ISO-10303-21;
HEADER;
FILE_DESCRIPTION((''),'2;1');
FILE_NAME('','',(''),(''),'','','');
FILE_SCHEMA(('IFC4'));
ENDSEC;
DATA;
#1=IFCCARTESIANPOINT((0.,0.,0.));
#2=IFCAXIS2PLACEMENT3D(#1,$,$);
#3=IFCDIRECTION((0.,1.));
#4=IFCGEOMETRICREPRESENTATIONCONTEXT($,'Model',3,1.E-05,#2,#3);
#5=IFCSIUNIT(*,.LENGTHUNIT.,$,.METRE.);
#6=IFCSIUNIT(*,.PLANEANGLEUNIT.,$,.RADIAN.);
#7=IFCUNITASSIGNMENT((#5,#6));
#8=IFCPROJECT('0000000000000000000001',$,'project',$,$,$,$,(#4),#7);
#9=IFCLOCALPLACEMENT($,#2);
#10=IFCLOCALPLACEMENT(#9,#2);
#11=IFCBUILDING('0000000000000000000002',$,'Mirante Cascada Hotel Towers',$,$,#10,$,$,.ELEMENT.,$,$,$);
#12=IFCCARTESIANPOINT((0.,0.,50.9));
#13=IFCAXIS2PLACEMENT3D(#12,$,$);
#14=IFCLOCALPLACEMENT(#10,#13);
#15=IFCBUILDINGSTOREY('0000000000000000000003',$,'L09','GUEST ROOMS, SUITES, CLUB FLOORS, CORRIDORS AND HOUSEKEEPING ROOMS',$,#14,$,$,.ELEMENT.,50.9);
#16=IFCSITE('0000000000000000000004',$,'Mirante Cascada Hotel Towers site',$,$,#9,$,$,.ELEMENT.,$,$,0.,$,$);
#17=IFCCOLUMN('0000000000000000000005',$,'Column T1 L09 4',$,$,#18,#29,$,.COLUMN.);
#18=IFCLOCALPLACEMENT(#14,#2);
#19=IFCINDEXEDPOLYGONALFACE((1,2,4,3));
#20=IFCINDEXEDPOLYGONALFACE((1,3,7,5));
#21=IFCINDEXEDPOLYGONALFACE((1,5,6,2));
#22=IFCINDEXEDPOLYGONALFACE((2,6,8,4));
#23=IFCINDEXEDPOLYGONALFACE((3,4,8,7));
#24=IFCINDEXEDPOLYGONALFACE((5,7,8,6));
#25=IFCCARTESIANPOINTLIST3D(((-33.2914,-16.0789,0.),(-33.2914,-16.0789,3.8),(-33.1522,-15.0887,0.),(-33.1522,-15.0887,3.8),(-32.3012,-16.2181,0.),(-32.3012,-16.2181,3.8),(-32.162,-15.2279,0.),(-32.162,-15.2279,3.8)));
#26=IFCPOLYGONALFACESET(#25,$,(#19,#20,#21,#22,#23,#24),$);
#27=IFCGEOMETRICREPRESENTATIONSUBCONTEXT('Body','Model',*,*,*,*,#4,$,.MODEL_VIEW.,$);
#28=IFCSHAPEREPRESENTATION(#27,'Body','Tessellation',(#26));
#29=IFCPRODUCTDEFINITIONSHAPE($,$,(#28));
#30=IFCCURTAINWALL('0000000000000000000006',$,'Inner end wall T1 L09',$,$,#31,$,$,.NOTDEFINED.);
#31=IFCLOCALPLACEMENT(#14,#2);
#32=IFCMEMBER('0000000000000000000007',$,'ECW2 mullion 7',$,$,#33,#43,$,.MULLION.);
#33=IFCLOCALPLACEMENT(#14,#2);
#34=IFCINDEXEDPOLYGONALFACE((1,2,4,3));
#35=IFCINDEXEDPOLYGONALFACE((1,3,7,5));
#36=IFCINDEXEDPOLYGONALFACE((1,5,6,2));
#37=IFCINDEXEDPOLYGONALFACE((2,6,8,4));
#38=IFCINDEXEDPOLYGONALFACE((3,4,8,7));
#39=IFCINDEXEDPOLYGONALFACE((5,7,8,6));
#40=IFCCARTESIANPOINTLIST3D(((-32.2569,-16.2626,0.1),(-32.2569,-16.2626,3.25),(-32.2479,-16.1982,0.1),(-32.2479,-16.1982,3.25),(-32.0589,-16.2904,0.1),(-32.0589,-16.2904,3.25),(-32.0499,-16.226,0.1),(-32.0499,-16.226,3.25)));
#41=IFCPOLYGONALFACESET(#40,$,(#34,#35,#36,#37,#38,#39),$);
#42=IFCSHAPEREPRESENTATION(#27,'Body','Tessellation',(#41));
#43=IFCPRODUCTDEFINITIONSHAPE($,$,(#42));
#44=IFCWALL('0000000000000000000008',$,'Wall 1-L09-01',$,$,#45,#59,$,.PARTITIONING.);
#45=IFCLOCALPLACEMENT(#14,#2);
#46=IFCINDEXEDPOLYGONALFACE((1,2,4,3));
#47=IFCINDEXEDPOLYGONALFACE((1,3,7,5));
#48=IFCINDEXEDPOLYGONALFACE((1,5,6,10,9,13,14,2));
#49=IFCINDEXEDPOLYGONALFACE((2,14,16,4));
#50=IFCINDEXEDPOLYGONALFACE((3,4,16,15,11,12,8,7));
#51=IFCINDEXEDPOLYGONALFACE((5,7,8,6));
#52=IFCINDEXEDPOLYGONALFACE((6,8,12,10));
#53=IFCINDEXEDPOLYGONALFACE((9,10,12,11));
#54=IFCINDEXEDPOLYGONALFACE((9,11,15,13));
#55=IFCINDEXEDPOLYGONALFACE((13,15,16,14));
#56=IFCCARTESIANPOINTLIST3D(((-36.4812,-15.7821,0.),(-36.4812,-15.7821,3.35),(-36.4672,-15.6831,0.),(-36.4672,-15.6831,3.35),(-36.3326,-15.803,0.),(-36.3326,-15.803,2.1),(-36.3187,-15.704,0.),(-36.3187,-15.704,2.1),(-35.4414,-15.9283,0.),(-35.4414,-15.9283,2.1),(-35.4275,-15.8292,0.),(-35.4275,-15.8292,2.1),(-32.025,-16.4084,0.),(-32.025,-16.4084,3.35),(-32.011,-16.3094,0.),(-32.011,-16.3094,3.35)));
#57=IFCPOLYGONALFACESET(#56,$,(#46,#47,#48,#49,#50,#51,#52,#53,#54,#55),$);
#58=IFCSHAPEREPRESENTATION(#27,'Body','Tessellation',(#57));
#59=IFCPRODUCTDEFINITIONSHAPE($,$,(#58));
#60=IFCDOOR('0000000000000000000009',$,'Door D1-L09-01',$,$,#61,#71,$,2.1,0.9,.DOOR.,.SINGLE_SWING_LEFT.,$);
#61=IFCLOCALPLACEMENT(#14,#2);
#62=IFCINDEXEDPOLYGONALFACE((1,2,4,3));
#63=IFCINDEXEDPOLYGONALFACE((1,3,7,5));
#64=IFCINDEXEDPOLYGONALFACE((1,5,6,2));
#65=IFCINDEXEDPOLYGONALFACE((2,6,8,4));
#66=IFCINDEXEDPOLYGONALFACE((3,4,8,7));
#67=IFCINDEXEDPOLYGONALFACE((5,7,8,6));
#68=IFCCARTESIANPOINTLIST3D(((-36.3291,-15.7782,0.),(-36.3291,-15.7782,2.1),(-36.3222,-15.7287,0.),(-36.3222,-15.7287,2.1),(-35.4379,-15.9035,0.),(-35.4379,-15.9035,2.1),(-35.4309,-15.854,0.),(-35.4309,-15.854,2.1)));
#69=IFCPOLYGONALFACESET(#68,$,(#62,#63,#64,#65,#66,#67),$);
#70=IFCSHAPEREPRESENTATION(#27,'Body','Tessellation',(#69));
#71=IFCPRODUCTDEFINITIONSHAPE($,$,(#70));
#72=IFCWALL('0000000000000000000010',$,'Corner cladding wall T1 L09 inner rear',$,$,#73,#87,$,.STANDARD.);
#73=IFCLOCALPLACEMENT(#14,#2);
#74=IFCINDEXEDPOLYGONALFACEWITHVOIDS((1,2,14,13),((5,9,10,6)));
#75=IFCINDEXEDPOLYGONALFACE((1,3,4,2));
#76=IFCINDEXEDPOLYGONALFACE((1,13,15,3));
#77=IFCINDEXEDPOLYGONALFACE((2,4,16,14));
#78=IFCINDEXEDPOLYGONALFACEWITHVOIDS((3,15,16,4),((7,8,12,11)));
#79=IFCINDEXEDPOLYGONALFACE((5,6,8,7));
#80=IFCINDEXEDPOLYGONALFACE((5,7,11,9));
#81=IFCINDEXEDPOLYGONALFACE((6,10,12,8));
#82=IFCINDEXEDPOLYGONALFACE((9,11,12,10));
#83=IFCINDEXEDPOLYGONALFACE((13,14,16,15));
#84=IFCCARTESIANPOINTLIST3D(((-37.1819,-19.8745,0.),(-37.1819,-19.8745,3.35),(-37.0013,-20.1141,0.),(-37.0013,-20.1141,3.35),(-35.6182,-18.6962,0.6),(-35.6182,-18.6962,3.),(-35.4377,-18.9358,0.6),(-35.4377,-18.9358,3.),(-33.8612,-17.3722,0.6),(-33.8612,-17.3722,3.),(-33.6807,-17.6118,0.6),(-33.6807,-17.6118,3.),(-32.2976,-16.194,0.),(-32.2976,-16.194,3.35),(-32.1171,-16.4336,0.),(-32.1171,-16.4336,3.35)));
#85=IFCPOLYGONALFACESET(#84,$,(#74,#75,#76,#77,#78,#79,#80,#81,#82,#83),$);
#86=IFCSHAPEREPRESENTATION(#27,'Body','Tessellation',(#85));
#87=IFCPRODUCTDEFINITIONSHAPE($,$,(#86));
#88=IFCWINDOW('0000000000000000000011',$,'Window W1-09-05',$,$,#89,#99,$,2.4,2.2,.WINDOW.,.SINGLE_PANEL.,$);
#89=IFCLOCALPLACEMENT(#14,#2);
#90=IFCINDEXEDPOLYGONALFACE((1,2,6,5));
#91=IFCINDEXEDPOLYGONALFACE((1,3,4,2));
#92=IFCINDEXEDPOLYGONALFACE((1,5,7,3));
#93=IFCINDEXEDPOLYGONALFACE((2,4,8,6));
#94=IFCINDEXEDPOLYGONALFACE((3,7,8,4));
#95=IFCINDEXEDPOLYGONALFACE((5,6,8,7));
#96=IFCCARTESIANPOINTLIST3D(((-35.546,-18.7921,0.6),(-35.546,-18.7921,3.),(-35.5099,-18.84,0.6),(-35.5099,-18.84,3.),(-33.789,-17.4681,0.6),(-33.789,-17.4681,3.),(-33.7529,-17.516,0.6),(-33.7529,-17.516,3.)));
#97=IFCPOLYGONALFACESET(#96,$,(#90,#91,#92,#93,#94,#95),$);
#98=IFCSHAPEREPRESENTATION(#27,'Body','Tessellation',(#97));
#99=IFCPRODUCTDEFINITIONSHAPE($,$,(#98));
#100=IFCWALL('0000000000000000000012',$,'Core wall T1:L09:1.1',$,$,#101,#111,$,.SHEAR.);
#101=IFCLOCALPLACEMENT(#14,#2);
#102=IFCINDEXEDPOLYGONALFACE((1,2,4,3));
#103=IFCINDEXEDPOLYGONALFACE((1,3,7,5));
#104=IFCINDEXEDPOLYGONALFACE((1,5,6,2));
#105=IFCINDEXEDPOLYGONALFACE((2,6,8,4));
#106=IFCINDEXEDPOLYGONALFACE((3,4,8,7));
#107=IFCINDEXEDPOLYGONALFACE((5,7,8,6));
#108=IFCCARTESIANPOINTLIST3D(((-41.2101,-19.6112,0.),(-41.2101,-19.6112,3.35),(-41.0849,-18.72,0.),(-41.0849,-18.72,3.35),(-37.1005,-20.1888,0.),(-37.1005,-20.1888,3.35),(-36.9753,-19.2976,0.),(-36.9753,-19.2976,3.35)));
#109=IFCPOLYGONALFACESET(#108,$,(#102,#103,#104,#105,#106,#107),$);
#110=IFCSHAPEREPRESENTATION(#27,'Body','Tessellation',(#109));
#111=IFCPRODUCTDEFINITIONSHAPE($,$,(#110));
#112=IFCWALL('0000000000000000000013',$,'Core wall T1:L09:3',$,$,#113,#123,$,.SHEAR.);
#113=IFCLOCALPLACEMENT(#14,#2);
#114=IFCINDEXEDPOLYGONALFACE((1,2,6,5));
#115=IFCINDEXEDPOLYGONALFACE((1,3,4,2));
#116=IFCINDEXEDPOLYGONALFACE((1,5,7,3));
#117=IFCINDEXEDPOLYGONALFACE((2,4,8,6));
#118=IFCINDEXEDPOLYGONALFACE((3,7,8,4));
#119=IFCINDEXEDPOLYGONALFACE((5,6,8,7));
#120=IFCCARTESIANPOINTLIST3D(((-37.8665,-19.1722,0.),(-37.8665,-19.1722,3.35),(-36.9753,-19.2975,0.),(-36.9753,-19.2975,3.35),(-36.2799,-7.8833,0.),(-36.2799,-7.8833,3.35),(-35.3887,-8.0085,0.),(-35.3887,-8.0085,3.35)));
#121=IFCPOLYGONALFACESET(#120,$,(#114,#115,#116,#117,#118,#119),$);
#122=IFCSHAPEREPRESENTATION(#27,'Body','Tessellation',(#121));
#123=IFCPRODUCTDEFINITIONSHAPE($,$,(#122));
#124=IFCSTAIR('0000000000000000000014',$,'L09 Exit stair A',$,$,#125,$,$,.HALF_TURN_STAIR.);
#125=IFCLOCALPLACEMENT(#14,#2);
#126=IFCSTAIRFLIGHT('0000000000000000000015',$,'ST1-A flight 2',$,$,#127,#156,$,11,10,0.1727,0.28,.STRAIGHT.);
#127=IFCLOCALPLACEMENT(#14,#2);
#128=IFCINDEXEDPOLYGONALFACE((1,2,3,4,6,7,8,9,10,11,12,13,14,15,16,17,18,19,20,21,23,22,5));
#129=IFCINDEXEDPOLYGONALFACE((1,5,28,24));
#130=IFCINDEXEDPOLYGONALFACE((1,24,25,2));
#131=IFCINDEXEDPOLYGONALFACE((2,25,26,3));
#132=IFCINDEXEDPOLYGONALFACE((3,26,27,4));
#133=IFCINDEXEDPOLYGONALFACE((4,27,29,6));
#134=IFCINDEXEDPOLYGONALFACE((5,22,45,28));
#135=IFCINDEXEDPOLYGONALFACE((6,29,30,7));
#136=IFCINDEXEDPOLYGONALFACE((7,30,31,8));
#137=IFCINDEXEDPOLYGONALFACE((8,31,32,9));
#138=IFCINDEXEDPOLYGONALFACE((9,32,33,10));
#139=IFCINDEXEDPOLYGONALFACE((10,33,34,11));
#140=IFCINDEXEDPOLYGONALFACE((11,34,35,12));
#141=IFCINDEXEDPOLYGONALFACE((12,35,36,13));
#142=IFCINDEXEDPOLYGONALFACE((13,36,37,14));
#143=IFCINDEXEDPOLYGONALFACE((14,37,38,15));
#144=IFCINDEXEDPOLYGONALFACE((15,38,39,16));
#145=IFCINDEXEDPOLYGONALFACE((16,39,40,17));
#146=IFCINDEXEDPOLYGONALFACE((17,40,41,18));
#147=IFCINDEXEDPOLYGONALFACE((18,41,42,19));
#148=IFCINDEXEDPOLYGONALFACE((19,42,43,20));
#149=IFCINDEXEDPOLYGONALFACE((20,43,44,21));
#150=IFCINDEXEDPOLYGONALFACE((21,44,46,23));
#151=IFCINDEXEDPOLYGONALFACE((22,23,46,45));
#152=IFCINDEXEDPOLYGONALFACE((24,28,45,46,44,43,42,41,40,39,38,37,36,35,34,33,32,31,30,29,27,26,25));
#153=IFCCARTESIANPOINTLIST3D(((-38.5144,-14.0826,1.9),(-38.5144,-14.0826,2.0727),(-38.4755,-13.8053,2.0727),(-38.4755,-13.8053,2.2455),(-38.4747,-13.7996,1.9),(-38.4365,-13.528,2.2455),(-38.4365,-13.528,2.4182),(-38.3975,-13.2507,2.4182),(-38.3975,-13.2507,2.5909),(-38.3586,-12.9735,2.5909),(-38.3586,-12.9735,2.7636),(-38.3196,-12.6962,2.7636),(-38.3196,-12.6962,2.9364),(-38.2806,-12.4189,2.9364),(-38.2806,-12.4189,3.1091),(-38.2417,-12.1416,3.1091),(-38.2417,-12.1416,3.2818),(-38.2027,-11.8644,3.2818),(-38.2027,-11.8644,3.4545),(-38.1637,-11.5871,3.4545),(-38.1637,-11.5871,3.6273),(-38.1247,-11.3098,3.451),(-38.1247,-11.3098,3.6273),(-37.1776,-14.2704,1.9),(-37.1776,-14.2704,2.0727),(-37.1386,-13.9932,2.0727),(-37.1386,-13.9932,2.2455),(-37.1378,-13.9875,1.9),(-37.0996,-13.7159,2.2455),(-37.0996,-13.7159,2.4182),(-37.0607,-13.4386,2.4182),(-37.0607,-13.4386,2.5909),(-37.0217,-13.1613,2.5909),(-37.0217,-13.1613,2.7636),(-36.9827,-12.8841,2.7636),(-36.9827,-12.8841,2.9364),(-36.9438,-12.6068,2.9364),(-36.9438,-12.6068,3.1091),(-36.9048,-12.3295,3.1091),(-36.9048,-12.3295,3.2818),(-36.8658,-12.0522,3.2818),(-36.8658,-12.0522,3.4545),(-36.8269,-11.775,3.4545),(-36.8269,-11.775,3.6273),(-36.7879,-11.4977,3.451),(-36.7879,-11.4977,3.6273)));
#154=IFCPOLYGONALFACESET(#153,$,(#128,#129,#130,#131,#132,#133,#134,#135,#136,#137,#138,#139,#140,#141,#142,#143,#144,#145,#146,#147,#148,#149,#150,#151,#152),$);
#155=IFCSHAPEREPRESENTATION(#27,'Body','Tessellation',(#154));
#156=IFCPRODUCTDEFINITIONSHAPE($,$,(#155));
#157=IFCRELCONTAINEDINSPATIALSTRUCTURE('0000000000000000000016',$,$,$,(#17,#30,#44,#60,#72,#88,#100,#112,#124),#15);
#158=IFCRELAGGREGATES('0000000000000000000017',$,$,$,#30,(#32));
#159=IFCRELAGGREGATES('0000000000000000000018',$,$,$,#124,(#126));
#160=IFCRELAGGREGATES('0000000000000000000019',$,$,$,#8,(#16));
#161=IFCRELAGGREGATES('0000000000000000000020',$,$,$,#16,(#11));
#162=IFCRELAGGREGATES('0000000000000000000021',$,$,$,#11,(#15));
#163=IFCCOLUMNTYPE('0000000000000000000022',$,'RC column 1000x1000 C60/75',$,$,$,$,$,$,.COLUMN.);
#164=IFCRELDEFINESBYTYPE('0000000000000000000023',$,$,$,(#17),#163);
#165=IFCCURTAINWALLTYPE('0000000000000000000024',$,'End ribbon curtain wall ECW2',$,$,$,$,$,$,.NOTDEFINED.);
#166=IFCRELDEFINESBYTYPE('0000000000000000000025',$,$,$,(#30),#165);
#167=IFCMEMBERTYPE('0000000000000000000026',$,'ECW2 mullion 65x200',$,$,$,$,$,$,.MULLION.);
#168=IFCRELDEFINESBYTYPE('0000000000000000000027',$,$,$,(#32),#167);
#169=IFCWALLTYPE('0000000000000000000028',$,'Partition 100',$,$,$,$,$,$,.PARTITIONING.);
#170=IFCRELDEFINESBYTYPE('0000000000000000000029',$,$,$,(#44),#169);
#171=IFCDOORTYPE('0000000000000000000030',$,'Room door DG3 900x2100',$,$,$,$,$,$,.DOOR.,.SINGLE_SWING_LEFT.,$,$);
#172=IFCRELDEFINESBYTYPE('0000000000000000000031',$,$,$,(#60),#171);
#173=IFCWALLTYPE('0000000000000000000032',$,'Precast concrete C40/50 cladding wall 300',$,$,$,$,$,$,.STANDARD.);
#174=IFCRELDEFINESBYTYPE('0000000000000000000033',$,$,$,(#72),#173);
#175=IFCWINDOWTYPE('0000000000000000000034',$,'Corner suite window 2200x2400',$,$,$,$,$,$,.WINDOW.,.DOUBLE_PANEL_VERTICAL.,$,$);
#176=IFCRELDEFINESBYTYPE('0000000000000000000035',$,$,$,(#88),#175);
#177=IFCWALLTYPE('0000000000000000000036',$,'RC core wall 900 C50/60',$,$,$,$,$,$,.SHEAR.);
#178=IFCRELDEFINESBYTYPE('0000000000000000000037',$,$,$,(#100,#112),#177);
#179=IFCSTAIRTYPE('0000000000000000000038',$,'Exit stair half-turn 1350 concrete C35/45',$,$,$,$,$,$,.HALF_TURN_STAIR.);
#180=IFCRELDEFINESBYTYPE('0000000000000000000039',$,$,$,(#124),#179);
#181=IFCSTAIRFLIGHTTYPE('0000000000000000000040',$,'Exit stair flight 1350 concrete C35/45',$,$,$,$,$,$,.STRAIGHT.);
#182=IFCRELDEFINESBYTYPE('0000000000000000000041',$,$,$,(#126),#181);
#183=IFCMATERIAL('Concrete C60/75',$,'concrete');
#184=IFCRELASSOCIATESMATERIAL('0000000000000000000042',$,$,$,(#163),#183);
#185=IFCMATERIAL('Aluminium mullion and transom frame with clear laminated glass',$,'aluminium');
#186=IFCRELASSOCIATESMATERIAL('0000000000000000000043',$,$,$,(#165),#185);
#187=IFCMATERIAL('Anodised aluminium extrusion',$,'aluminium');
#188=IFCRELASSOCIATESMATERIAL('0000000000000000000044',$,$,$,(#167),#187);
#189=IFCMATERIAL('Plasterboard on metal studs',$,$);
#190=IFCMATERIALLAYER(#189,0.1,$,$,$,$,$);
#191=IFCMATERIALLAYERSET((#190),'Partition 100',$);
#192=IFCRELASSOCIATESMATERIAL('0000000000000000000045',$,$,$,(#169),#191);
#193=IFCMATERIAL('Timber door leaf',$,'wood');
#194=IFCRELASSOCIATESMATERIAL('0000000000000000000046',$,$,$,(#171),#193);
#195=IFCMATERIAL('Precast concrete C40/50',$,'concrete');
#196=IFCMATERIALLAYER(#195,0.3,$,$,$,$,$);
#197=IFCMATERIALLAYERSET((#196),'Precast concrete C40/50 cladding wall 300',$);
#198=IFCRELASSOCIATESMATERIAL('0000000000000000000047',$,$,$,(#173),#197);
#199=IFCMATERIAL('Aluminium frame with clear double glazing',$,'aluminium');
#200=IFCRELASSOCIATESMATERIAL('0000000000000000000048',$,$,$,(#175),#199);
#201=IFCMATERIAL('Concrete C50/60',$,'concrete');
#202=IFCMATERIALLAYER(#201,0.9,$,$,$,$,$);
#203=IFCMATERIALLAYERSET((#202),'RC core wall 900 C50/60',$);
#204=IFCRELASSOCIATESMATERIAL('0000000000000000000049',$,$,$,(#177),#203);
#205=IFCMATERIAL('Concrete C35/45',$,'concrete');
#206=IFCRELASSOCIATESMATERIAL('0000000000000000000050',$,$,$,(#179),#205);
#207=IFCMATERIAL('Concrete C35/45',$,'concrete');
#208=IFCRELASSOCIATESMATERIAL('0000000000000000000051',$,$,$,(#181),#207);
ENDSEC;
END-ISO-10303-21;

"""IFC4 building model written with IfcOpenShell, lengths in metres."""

from ifc_helpers import new_model, si_unit, direction, frame, frame_2d, origin, origin_2d, place, context, subcontext, project, spatial, polyline, rectangle, outline, extrude, material, layer, layer_set, material_profile, profile_set, type_object, element, fill, aggregate, save


model = new_model("IFC4")

# Units and contexts
model_context = context("Model", 3, precision=1e-05, world=origin(), true_north=direction((0.0, 1.0)))
body_context = subcontext(model_context, "Body", "Model", "MODEL_VIEW")
ifc_project = project(units=[si_unit("LENGTHUNIT", "METRE"), si_unit("PLANEANGLEUNIT", "RADIAN")], contexts=[model_context])

# Site, building, storey
site_placement = place(None, origin())
site = spatial("IfcSite", under=ifc_project, at=site_placement, Name="Mirante Cascada Hotel Towers site", CompositionType="ELEMENT", RefElevation=0.0)
building_placement = place(site_placement, origin())
building = spatial("IfcBuilding", under=site, at=building_placement, Name="Mirante Cascada Hotel Towers", CompositionType="ELEMENT")
storey_placement = place(building_placement, frame((0.0, 0.0, 50.9)))
storey = spatial("IfcBuildingStorey", under=building, at=storey_placement, Name="L09", Description="GUEST ROOMS, SUITES, CLUB FLOORS, CORRIDORS AND HOUSEKEEPING ROOMS", CompositionType="ELEMENT", Elevation=50.9)

# Column
ifc_material_1 = material(Name="Concrete C60/75", Category="concrete")
ifc_material_profile_1 = material_profile(ifc_material_1, rectangle(XDim=1.0, YDim=1.0, at=origin_2d()), Name="RC column 1000x1000 C60/75")
ifc_profile_set_1 = profile_set([ifc_material_profile_1], Name="Concrete C60/75")
column_type = type_object("IfcColumnType", Name="RC column 1000x1000 C60/75", PredefinedType="COLUMN", material=ifc_profile_set_1)
column_placement = place(storey_placement, frame((-32.7267, -15.6534, 0.0), z_axis=(0.0, 0.0, 1.0), x_axis=(-0.990268, 0.139173, 0.0)))
element("IfcColumn", 1, at=column_placement, inside=storey, type_object=column_type, Name="Column T1 L09 4", PredefinedType="COLUMN", context=body_context, shape_type="SweptSolid", body=[
    extrude(rectangle(XDim=1.0, YDim=1.0, at=origin_2d()), origin(), (0.0, 0.0, 1.0), 3.8),
])

# Curtain wall, member
ifc_material_2 = material(Name="Aluminium mullion and transom frame with clear laminated glass", Category="aluminium")
curtain_wall_type = type_object("IfcCurtainWallType", Name="End ribbon curtain wall ECW2", PredefinedType="NOTDEFINED", material=ifc_material_2)
curtain_wall_placement = place(storey_placement, origin())
curtain_wall = element("IfcCurtainWall", 2, at=curtain_wall_placement, inside=storey, type_object=curtain_wall_type, Name="Inner end wall T1 L09", PredefinedType="NOTDEFINED")
ifc_material_3 = material(Name="Anodised aluminium extrusion", Category="aluminium")
ifc_material_profile_2 = material_profile(ifc_material_3, rectangle(XDim=0.2, YDim=0.065, at=origin_2d()), Name="ECW2 MULLION 65x200")
ifc_profile_set_2 = profile_set([ifc_material_profile_2], Name="Anodised aluminium extrusion")
member_type = type_object("IfcMemberType", Name="ECW2 mullion 65x200", PredefinedType="MULLION", material=ifc_profile_set_2)
member_placement = place(storey_placement, frame((-32.1534, -16.2443, 0.1), z_axis=(0.0, 0.0, 1.0), x_axis=(0.990268, -0.139173, 0.0)))
member = element("IfcMember", 3, at=member_placement, type_object=member_type, Name="ECW2 mullion 7", PredefinedType="MULLION", context=body_context, shape_type="SweptSolid", body=[
    extrude(rectangle(XDim=0.2, YDim=0.065, at=origin_2d()), origin(), (0.0, 0.0, 1.0), 3.15),
])
aggregate(curtain_wall, [member])

# Wall, opening, door
ifc_material_4 = material(Name="Plasterboard on metal studs")
ifc_layer_1 = layer(ifc_material_4, 0.1)
ifc_layer_set_1 = layer_set([ifc_layer_1], Name="Partition 100")
wall_type_1 = type_object("IfcWallType", Name="Partition 100", PredefinedType="PARTITIONING", material=ifc_layer_set_1)
wall_1_placement = place(storey_placement, frame((-36.4742, -15.7326, 0.0), z_axis=(0.0, 0.0, 1.0), x_axis=(0.990267, -0.139178, 0.0)))
wall_1 = element("IfcWall", 4, at=wall_1_placement, inside=storey, type_object=wall_type_1, Name="Wall 1-L09-01", PredefinedType="PARTITIONING", context=body_context, shape_type="SweptSolid", body=[
    extrude(rectangle(XDim=4.5, YDim=0.1, at=frame_2d((2.25, 0.0))), origin(), (0.0, 0.0, 1.0), 3.35),
])
opening_1_placement = place(wall_1_placement, frame((0.15, 0.0, 0.0)))
opening_1 = element("IfcOpeningElement", 5, at=opening_1_placement, cuts=wall_1, PredefinedType="OPENING", context=body_context, shape_type="SweptSolid", body=[
    extrude(rectangle(XDim=0.9, YDim=2.1, at=frame_2d((0.45, 1.05))), frame((0.0, 0.05, 0.0), z_axis=(0.0, -1.0, 0.0), x_axis=(1.0, 0.0, 0.0)), (0.0, 0.0, 1.0), 0.1),
])
ifc_material_5 = material(Name="Timber door leaf", Category="wood")
door_type = type_object("IfcDoorType", Name="Room door DG3 900x2100", OperationType="SINGLE_SWING_LEFT", PredefinedType="DOOR", material=ifc_material_5)
door_placement = place(opening_1_placement, origin())
door = element("IfcDoor", 6, at=door_placement, inside=storey, type_object=door_type, Name="Door D1-L09-01", OperationType="SINGLE_SWING_LEFT", OverallHeight=2.1, OverallWidth=0.9, PredefinedType="DOOR", context=body_context, shape_type="SweptSolid", body=[
    extrude(rectangle(XDim=0.9, YDim=2.1, at=frame_2d((0.45, 1.05))), frame((0.0, 0.025, 0.0), z_axis=(0.0, -1.0, 0.0), x_axis=(1.0, 0.0, 0.0)), (0.0, 0.0, 1.0), 0.05),
])
fill(opening_1, door)

# Wall, opening, window
ifc_material_6 = material(Name="Precast concrete C40/50", Category="concrete")
ifc_layer_2 = layer(ifc_material_6, 0.3)
ifc_layer_set_2 = layer_set([ifc_layer_2], Name="Precast concrete C40/50 cladding wall 300")
wall_type_2 = type_object("IfcWallType", Name="Precast concrete C40/50 cladding wall 300", PredefinedType="STANDARD", material=ifc_layer_set_2)
wall_2_placement = place(storey_placement, frame((-32.2074, -16.3138, 0.0), z_axis=(0.0, 0.0, 1.0), x_axis=(-0.798636, -0.601814, 0.0)))
wall_2 = element("IfcWall", 7, at=wall_2_placement, inside=storey, type_object=wall_type_2, Name="Corner cladding wall T1 L09 inner rear", PredefinedType="STANDARD", context=body_context, shape_type="SweptSolid", body=[
    extrude(rectangle(XDim=6.1157, YDim=0.3, at=frame_2d((3.0578, 0.0))), origin(), (0.0, 0.0, 1.0), 3.35),
])
opening_2_placement = place(wall_2_placement, frame((1.9578, 0.0, 0.6)))
opening_2 = element("IfcOpeningElement", 8, at=opening_2_placement, cuts=wall_2, PredefinedType="OPENING", context=body_context, shape_type="SweptSolid", body=[
    extrude(rectangle(XDim=2.2, YDim=2.4, at=frame_2d((1.1, 1.2))), frame((0.0, 0.15, 0.0), z_axis=(0.0, -1.0, 0.0), x_axis=(1.0, 0.0, 0.0)), (0.0, 0.0, 1.0), 0.3),
])
ifc_material_7 = material(Name="Aluminium frame with clear double glazing", Category="aluminium")
window_type = type_object("IfcWindowType", Name="Corner suite window 2200x2400", PartitioningType="DOUBLE_PANEL_VERTICAL", PredefinedType="WINDOW", material=ifc_material_7)
window_placement = place(opening_2_placement, origin())
window = element("IfcWindow", 9, at=window_placement, inside=storey, type_object=window_type, Name="Window W1-09-05", OverallHeight=2.4, OverallWidth=2.2, PartitioningType="SINGLE_PANEL", PredefinedType="WINDOW", context=body_context, shape_type="SweptSolid", body=[
    extrude(rectangle(XDim=2.2, YDim=2.4, at=frame_2d((1.1, 1.2))), frame((0.0, 0.03, 0.0), z_axis=(0.0, -1.0, 0.0), x_axis=(1.0, 0.0, 0.0)), (0.0, 0.0, 1.0), 0.06),
])
fill(opening_2, window)

# Walls
ifc_material_8 = material(Name="Concrete C50/60", Category="concrete")
ifc_layer_3 = layer(ifc_material_8, 0.9)
ifc_layer_set_3 = layer_set([ifc_layer_3], Name="RC core wall 900 C50/60")
wall_type_3 = type_object("IfcWallType", Name="RC core wall 900 C50/60", PredefinedType="SHEAR", material=ifc_layer_set_3)
wall_3_placement = place(storey_placement, frame((-37.0379, -19.7432, 0.0), z_axis=(0.0, 0.0, 1.0), x_axis=(-0.990267, 0.139181, 0.0)))
element("IfcWall", 10, at=wall_3_placement, inside=storey, type_object=wall_type_3, Name="Core wall T1:L09:1.1", PredefinedType="SHEAR", context=body_context, shape_type="SweptSolid", body=[
    extrude(rectangle(XDim=4.15, YDim=0.9, at=frame_2d((2.075, 0.0))), origin(), (0.0, 0.0, 1.0), 3.35),
])
wall_4_placement = place(storey_placement, frame((-37.4209, -19.2349, 0.0), z_axis=(0.0, 0.0, 1.0), x_axis=(0.139176, 0.990268, 0.0)))
element("IfcWall", 11, at=wall_4_placement, inside=storey, type_object=wall_type_3, Name="Core wall T1:L09:3", PredefinedType="SHEAR", context=body_context, shape_type="SweptSolid", body=[
    extrude(rectangle(XDim=11.3999, YDim=0.9, at=frame_2d((5.7, 0.0))), origin(), (0.0, 0.0, 1.0), 3.35),
])

# Stair, stair flight
ifc_material_9 = material(Name="Concrete C35/45", Category="concrete")
stair_type = type_object("IfcStairType", Name="Exit stair half-turn 1350 concrete C35/45", PredefinedType="HALF_TURN_STAIR", material=ifc_material_9)
stair_placement = place(storey_placement, origin())
stair = element("IfcStair", 12, at=stair_placement, inside=storey, type_object=stair_type, Name="L09 Exit stair A", PredefinedType="HALF_TURN_STAIR")
ifc_material_10 = material(Name="Concrete C35/45", Category="concrete")
stair_flight_type = type_object("IfcStairFlightType", Name="Exit stair flight 1350 concrete C35/45", PredefinedType="STRAIGHT", material=ifc_material_10)
stair_flight_placement = place(storey_placement, frame((-37.846, -14.1765, 1.9), z_axis=(0.0, 0.0, 1.0), x_axis=(0.139173, 0.990268, 0.0)))
stair_flight = element("IfcStairFlight", 13, at=stair_flight_placement, type_object=stair_flight_type, Name="ST1-A flight 2", NumberOfRisers=11, NumberOfTreads=10, PredefinedType="STRAIGHT", RiserHeight=0.1727, TreadLength=0.28, context=body_context, shape_type="SweptSolid", body=[
    extrude(outline(polyline([(0.0, 0.0), (0.0, 0.1727), (0.28, 0.1727), (0.28, 0.3455), (0.56, 0.3455), (0.56, 0.5182), (0.84, 0.5182), (0.84, 0.6909), (1.12, 0.6909), (1.12, 0.8636), (1.4, 0.8636), (1.4, 1.0364), (1.68, 1.0364), (1.68, 1.2091), (1.96, 1.2091), (1.96, 1.3818), (2.24, 1.3818), (2.24, 1.5545), (2.52, 1.5545), (2.52, 1.7273), (2.8, 1.7273), (2.8, 1.9), (2.8, 1.551), (0.2857, 0.0), (0.0, 0.0)])), frame((0.0, 0.675, 0.0), z_axis=(0.0, -1.0, 0.0), x_axis=(1.0, 0.0, 0.0)), (0.0, 0.0, 1.0), 1.35),
])
aggregate(stair, [stair_flight])

save(model, "model.ifc")
